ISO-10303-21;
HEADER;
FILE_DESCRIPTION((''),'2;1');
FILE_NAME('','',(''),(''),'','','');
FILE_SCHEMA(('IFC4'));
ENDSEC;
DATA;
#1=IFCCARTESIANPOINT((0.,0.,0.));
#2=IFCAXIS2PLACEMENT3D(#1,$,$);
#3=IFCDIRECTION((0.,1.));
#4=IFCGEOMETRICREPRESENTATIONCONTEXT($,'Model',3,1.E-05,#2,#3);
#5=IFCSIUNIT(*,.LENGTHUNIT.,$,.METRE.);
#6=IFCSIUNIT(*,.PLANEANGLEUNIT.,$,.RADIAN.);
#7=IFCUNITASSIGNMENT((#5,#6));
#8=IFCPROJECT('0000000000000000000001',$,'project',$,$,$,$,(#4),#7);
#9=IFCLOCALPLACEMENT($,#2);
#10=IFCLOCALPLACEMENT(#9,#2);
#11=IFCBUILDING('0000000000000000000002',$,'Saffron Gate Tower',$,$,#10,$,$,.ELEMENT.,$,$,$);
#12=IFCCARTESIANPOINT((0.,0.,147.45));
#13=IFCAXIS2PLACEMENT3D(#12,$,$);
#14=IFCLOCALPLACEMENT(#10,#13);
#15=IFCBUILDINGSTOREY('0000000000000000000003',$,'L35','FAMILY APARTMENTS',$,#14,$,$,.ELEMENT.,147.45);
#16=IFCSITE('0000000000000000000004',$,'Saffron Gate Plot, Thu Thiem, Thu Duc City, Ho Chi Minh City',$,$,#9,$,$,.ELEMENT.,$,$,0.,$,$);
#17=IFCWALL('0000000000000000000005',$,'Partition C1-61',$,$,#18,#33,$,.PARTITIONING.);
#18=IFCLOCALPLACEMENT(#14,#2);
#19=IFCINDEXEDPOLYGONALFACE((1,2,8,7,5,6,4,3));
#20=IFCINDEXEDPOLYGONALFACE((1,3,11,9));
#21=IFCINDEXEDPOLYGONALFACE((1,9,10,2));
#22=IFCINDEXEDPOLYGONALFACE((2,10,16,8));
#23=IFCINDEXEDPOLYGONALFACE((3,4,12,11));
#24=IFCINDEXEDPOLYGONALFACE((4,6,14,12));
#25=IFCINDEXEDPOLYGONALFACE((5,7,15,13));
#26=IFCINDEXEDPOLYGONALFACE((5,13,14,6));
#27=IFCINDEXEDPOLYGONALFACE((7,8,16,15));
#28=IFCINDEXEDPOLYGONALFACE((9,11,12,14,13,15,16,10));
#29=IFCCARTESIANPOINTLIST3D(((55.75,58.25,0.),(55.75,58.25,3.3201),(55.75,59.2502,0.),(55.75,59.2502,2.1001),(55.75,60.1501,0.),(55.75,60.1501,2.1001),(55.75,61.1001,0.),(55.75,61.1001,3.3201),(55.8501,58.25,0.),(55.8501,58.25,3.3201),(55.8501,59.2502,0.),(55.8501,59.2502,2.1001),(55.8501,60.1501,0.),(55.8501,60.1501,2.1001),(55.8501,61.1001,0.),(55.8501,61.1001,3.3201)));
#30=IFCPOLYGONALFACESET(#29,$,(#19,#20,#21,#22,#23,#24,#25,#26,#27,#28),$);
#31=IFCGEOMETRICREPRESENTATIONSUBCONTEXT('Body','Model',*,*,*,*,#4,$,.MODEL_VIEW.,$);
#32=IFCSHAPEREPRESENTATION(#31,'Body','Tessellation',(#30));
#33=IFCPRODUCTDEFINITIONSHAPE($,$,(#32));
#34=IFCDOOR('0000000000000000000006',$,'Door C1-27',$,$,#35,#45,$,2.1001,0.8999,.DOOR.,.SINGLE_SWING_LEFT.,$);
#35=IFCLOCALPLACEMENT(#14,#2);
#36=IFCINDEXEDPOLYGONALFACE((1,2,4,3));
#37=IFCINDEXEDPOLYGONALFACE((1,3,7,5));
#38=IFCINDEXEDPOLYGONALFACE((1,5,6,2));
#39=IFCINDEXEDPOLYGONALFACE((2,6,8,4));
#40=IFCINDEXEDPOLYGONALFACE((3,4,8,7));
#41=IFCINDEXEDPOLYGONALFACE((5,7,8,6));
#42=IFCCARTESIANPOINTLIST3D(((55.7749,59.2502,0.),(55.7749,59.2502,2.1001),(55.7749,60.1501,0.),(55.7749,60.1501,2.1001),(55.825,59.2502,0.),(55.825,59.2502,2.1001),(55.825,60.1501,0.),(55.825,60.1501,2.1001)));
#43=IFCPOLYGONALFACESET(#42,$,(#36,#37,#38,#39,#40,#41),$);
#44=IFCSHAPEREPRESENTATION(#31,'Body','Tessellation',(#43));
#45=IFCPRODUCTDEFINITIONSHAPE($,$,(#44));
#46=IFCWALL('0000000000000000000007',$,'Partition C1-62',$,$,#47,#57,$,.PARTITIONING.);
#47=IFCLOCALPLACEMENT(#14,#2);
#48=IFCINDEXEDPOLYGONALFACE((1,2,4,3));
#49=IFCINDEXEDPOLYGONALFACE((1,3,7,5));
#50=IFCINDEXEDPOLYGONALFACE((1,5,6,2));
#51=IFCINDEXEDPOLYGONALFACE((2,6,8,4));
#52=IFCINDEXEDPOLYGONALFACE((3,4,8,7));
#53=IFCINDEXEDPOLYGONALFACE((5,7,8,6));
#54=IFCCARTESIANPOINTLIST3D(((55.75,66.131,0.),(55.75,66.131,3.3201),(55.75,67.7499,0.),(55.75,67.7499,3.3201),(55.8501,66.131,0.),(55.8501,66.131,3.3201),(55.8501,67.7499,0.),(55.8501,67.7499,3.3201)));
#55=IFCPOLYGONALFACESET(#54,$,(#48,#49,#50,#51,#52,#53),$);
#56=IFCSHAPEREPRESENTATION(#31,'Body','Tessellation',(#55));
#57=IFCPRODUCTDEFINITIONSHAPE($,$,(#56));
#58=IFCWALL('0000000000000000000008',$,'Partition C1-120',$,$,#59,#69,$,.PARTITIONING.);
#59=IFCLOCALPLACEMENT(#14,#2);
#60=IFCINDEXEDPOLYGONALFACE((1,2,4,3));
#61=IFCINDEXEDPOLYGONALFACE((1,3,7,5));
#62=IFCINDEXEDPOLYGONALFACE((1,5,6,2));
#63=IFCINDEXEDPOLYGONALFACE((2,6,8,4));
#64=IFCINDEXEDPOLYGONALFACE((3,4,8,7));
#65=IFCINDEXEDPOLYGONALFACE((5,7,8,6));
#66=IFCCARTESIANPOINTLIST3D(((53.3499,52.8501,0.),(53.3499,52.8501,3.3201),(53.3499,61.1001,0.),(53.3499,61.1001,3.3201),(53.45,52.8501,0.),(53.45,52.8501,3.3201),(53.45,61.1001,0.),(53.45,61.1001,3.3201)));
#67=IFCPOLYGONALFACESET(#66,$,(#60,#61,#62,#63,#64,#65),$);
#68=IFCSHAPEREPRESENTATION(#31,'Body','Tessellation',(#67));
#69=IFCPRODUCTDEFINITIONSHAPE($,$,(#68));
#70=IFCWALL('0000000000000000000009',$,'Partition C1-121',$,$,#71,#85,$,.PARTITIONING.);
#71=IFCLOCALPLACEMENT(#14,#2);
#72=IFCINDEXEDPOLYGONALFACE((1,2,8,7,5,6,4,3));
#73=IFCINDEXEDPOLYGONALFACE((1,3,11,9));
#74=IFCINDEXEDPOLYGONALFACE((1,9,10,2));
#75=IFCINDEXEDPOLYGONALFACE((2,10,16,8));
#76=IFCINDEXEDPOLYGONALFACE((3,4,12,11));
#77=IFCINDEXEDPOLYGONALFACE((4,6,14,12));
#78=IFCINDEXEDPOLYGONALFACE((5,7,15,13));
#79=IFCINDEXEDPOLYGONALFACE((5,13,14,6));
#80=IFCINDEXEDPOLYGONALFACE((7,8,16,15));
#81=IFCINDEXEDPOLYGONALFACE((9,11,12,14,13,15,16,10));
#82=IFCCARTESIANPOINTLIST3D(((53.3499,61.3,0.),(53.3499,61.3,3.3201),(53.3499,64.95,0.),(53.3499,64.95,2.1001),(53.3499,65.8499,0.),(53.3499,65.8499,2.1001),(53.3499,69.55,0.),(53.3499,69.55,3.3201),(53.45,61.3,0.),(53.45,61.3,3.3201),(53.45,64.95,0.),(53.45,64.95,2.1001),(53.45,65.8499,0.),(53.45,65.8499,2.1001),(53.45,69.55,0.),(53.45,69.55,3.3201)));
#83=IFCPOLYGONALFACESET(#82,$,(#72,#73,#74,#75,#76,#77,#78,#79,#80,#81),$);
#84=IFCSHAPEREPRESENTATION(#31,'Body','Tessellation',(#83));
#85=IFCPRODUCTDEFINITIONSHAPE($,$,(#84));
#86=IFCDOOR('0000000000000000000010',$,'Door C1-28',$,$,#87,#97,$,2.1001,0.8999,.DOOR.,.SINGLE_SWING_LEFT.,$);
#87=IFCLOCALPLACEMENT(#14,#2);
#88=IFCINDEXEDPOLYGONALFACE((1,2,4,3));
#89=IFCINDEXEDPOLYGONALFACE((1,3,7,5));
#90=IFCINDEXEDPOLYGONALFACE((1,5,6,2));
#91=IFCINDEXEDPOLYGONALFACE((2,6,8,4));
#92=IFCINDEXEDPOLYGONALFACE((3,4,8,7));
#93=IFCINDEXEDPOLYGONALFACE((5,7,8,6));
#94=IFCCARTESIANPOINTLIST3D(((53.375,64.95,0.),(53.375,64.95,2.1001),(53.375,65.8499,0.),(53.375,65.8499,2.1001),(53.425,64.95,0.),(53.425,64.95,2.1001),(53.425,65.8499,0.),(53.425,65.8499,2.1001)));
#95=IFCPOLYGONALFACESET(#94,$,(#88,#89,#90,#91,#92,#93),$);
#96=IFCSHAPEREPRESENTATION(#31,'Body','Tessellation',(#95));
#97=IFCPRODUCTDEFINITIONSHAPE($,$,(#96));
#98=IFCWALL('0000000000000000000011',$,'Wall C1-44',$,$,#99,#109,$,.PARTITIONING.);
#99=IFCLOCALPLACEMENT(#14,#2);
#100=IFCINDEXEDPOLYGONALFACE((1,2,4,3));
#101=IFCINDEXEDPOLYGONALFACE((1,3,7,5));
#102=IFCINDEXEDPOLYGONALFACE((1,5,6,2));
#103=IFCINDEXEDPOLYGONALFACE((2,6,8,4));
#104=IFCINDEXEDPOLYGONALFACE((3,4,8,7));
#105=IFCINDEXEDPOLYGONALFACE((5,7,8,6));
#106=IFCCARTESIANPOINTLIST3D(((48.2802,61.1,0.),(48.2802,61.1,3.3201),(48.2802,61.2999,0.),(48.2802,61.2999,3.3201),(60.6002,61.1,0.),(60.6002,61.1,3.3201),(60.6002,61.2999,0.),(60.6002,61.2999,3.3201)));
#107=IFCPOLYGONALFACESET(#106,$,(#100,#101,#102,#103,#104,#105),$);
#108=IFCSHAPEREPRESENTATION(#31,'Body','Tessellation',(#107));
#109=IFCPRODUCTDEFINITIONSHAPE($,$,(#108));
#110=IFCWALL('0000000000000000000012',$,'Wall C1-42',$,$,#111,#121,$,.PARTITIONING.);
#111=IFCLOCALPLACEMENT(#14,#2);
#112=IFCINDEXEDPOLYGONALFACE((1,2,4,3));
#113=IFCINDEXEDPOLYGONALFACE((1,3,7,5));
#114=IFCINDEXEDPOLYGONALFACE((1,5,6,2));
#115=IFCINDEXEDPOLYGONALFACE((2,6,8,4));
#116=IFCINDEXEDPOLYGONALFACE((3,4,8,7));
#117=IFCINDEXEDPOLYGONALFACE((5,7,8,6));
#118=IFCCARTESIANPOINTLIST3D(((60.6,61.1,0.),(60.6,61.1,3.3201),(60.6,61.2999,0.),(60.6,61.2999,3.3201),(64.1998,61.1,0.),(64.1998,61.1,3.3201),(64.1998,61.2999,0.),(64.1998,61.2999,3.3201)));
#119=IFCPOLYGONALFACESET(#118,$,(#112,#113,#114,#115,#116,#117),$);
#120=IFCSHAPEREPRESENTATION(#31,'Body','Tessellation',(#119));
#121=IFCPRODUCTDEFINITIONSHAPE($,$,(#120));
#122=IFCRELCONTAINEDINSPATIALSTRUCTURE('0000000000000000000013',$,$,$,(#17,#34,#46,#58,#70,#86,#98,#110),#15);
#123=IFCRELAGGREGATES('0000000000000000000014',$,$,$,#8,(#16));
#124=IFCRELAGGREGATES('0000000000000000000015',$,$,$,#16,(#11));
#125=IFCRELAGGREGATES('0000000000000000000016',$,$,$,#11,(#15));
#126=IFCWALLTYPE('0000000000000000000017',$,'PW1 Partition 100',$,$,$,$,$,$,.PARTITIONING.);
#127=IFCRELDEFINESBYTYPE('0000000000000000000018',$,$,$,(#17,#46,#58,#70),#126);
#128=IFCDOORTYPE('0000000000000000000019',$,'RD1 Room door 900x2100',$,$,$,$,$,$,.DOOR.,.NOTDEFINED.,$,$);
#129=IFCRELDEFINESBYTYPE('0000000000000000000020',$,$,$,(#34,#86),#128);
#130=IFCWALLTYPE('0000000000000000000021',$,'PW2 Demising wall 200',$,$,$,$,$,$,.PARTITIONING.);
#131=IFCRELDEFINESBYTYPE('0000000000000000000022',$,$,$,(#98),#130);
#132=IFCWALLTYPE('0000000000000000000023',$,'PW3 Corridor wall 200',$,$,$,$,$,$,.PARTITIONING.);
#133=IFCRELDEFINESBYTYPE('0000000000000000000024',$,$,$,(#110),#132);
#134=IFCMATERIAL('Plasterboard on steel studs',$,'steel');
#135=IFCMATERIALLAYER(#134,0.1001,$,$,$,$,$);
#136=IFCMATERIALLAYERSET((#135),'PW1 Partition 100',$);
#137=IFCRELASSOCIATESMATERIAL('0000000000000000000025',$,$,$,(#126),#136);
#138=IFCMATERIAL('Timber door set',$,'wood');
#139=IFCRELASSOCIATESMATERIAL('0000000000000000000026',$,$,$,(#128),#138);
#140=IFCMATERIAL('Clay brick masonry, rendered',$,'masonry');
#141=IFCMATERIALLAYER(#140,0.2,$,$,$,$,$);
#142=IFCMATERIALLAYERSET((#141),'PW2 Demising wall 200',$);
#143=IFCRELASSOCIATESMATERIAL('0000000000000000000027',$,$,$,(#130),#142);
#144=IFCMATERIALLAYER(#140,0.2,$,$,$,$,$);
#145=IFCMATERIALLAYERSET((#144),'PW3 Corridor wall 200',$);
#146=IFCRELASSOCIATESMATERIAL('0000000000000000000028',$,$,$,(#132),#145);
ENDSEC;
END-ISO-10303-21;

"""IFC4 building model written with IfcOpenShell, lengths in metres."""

from ifc_helpers import new_model, si_unit, direction, frame, frame_2d, origin, place, context, subcontext, project, spatial, rectangle, extrude, material, layer, layer_set, type_object, element, fill, save


model = new_model("IFC4")

# Units and contexts
model_context = context("Model", 3, precision=1e-05, world=origin(), true_north=direction((0.0, 1.0)))
body_context = subcontext(model_context, "Body", "Model", "MODEL_VIEW")
ifc_project = project(units=[si_unit("LENGTHUNIT", "METRE"), si_unit("PLANEANGLEUNIT", "RADIAN")], contexts=[model_context])

# Site, building, storey
site_placement = place(None, origin())
site = spatial("IfcSite", under=ifc_project, at=site_placement, Name="Saffron Gate Plot, Thu Thiem, Thu Duc City, Ho Chi Minh City", CompositionType="ELEMENT", RefElevation=0.0)
building_placement = place(site_placement, origin())
building = spatial("IfcBuilding", under=site, at=building_placement, Name="Saffron Gate Tower", CompositionType="ELEMENT")
storey_placement = place(building_placement, frame((0.0, 0.0, 147.45)))
storey = spatial("IfcBuildingStorey", under=building, at=storey_placement, Name="L35", Description="FAMILY APARTMENTS", CompositionType="ELEMENT", Elevation=147.45)

# Shared definitions
ifc_material_1 = material(Name="Plasterboard on steel studs", Category="steel")
ifc_layer_1 = layer(ifc_material_1, 0.1001)
ifc_layer_set_1 = layer_set([ifc_layer_1], Name="PW1 Partition 100")
wall_type_1 = type_object("IfcWallType", Name="PW1 Partition 100", PredefinedType="PARTITIONING", material=ifc_layer_set_1)

# Wall, opening, door
wall_1_placement = place(storey_placement, frame((55.8, 61.1001, 0.0), z_axis=(0.0, 0.0, 1.0), x_axis=(0.0, -1.0, 0.0)))
wall_1 = element("IfcWall", 1, at=wall_1_placement, inside=storey, type_object=wall_type_1, Name="Partition C1-61", PredefinedType="PARTITIONING", context=body_context, shape_type="SweptSolid", body=[
    extrude(rectangle(XDim=2.8501, YDim=0.1001, at=frame_2d((1.425, 0.0))), origin(), (0.0, 0.0, 1.0), 3.3201),
])
opening_1_placement = place(wall_1_placement, frame((0.95, 0.0, 0.0)))
opening_1 = element("IfcOpeningElement", 2, at=opening_1_placement, cuts=wall_1, PredefinedType="OPENING", context=body_context, shape_type="SweptSolid", body=[
    extrude(rectangle(XDim=0.8999, YDim=2.1001, at=frame_2d((0.45, 1.05))), frame((0.0, 0.0601, 0.0), z_axis=(0.0, -1.0, 0.0), x_axis=(1.0, 0.0, 0.0)), (0.0, 0.0, 1.0), 0.1201),
])
ifc_material_2 = material(Name="Timber door set", Category="wood")
door_type = type_object("IfcDoorType", Name="RD1 Room door 900x2100", OperationType="NOTDEFINED", PredefinedType="DOOR", material=ifc_material_2)
door_1_placement = place(opening_1_placement, origin())
door_1 = element("IfcDoor", 3, at=door_1_placement, inside=storey, type_object=door_type, Name="Door C1-27", OperationType="SINGLE_SWING_LEFT", OverallHeight=2.1001, OverallWidth=0.8999, PredefinedType="DOOR", context=body_context, shape_type="SweptSolid", body=[
    extrude(rectangle(XDim=0.8999, YDim=2.1001, at=frame_2d((0.45, 1.05))), frame((0.0, 0.0249, 0.0), z_axis=(0.0, -1.0, 0.0), x_axis=(1.0, 0.0, 0.0)), (0.0, 0.0, 1.0), 0.05),
])
fill(opening_1, door_1)

# Walls
wall_2_placement = place(storey_placement, frame((55.8, 67.75, 0.0), z_axis=(0.0, 0.0, 1.0), x_axis=(0.0, -1.0, 0.0)))
element("IfcWall", 4, at=wall_2_placement, inside=storey, type_object=wall_type_1, Name="Partition C1-62", PredefinedType="PARTITIONING", context=body_context, shape_type="SweptSolid", body=[
    extrude(rectangle(XDim=1.6189, YDim=0.1001, at=frame_2d((0.8096, 0.0))), origin(), (0.0, 0.0, 1.0), 3.3201),
])
wall_3_placement = place(storey_placement, frame((53.3999, 61.1001, 0.0), z_axis=(0.0, 0.0, 1.0), x_axis=(0.0, -1.0, 0.0)))
element("IfcWall", 5, at=wall_3_placement, inside=storey, type_object=wall_type_1, Name="Partition C1-120", PredefinedType="PARTITIONING", context=body_context, shape_type="SweptSolid", body=[
    extrude(rectangle(XDim=8.25, YDim=0.1001, at=frame_2d((4.125, 0.0))), origin(), (0.0, 0.0, 1.0), 3.3201),
])

# Wall, opening, door
wall_4_placement = place(storey_placement, frame((53.3999, 61.3, 0.0), z_axis=(0.0, 0.0, 1.0), x_axis=(0.0, 1.0, 0.0)))
wall_4 = element("IfcWall", 6, at=wall_4_placement, inside=storey, type_object=wall_type_1, Name="Partition C1-121", PredefinedType="PARTITIONING", context=body_context, shape_type="SweptSolid", body=[
    extrude(rectangle(XDim=8.25, YDim=0.1001, at=frame_2d((4.125, 0.0))), origin(), (0.0, 0.0, 1.0), 3.3201),
])
opening_2_placement = place(wall_4_placement, frame((3.6499, 0.0, 0.0)))
opening_2 = element("IfcOpeningElement", 7, at=opening_2_placement, cuts=wall_4, PredefinedType="OPENING", context=body_context, shape_type="SweptSolid", body=[
    extrude(rectangle(XDim=0.8999, YDim=2.1001, at=frame_2d((0.45, 1.05))), frame((0.0, 0.0601, 0.0), z_axis=(0.0, -1.0, 0.0), x_axis=(1.0, 0.0, 0.0)), (0.0, 0.0, 1.0), 0.1201),
])
door_2_placement = place(opening_2_placement, origin())
door_2 = element("IfcDoor", 8, at=door_2_placement, inside=storey, type_object=door_type, Name="Door C1-28", OperationType="SINGLE_SWING_LEFT", OverallHeight=2.1001, OverallWidth=0.8999, PredefinedType="DOOR", context=body_context, shape_type="SweptSolid", body=[
    extrude(rectangle(XDim=0.8999, YDim=2.1001, at=frame_2d((0.45, 1.05))), frame((0.0, 0.0249, 0.0), z_axis=(0.0, -1.0, 0.0), x_axis=(1.0, 0.0, 0.0)), (0.0, 0.0, 1.0), 0.05),
])
fill(opening_2, door_2)

# Walls
ifc_material_3 = material(Name="Clay brick masonry, rendered", Category="masonry")
ifc_layer_2 = layer(ifc_material_3, 0.2)
ifc_layer_set_2 = layer_set([ifc_layer_2], Name="PW2 Demising wall 200")
wall_type_2 = type_object("IfcWallType", Name="PW2 Demising wall 200", PredefinedType="PARTITIONING", material=ifc_layer_set_2)
wall_5_placement = place(storey_placement, frame((48.28, 61.2, 0.0), z_axis=(0.0, 0.0, 1.0), x_axis=(1.0, 0.0, 0.0)))
element("IfcWall", 9, at=wall_5_placement, inside=storey, type_object=wall_type_2, Name="Wall C1-44", PredefinedType="PARTITIONING", context=body_context, shape_type="SweptSolid", body=[
    extrude(rectangle(XDim=12.3201, YDim=0.2, at=frame_2d((6.1602, 0.0))), origin(), (0.0, 0.0, 1.0), 3.3201),
])
ifc_layer_3 = layer(ifc_material_3, 0.2)
ifc_layer_set_3 = layer_set([ifc_layer_3], Name="PW3 Corridor wall 200")
wall_type_3 = type_object("IfcWallType", Name="PW3 Corridor wall 200", PredefinedType="PARTITIONING", material=ifc_layer_set_3)
wall_6_placement = place(storey_placement, frame((60.6001, 61.2, 0.0), z_axis=(0.0, 0.0, 1.0), x_axis=(1.0, 0.0, 0.0)))
element("IfcWall", 10, at=wall_6_placement, inside=storey, type_object=wall_type_3, Name="Wall C1-42", PredefinedType="PARTITIONING", context=body_context, shape_type="SweptSolid", body=[
    extrude(rectangle(XDim=3.5999, YDim=0.2, at=frame_2d((1.7998, 0.0))), origin(), (0.0, 0.0, 1.0), 3.3201),
])

save(model, "model.ifc")
